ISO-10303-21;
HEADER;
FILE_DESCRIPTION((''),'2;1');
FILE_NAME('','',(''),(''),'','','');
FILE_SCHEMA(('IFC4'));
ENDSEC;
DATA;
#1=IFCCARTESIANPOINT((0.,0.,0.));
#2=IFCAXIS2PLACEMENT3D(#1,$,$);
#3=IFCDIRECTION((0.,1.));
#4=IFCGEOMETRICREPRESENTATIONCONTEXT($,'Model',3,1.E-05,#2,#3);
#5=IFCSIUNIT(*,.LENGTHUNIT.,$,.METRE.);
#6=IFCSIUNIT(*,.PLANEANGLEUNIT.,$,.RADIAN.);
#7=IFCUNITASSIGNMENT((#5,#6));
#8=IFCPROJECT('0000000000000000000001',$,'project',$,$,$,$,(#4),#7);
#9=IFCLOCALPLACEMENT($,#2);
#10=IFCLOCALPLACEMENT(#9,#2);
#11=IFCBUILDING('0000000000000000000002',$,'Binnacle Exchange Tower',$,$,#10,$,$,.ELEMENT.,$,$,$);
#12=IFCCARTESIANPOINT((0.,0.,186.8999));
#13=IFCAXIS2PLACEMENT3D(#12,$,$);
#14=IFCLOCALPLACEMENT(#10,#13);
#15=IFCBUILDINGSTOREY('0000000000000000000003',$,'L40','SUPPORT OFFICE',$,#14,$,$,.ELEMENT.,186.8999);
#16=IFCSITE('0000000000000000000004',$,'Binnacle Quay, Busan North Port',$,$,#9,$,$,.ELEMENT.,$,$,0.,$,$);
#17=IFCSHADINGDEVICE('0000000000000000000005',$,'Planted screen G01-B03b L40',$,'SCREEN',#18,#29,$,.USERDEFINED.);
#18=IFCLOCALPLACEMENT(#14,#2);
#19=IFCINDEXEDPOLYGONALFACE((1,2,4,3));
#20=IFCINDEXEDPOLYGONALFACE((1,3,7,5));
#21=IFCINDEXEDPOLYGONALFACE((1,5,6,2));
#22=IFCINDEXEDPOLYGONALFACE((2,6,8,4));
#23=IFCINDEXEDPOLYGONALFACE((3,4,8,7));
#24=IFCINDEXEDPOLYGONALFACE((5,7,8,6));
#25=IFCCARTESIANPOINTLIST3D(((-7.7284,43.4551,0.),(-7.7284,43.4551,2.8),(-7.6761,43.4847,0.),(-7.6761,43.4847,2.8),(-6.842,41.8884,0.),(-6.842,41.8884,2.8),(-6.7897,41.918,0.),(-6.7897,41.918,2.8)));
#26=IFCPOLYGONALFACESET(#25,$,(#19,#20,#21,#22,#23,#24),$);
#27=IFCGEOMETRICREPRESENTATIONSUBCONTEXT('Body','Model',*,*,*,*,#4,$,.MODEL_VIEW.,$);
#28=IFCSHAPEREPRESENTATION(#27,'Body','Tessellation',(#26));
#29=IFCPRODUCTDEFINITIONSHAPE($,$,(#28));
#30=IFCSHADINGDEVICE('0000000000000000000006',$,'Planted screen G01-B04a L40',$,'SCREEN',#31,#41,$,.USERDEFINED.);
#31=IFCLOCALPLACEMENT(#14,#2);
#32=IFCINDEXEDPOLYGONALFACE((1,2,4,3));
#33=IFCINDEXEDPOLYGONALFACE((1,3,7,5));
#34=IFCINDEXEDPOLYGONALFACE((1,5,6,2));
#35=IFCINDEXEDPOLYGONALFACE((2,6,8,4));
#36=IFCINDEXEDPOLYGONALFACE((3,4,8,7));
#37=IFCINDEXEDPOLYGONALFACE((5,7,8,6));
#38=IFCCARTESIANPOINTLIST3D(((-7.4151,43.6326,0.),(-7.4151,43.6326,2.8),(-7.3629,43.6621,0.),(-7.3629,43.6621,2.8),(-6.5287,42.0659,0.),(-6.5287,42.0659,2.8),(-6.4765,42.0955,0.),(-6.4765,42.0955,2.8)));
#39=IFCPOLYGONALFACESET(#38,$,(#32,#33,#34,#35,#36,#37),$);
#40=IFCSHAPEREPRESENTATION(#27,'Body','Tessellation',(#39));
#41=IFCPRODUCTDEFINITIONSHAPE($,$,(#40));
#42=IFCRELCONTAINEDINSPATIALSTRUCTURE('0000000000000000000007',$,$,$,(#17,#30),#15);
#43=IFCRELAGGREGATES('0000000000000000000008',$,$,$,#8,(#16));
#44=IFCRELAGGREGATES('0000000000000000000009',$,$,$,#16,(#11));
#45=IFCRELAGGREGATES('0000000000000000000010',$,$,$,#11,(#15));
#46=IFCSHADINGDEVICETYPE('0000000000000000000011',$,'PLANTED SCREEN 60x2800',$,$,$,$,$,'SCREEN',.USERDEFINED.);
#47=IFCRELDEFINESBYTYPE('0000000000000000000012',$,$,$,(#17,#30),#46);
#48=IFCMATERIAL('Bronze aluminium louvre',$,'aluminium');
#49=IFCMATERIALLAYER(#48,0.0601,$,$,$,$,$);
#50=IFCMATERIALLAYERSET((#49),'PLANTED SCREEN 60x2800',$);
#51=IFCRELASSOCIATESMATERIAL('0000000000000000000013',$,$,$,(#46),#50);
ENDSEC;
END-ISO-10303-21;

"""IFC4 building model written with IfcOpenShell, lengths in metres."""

from ifc_helpers import new_model, si_unit, direction, frame, origin, origin_2d, place, context, subcontext, project, spatial, rectangle, extrude, material, layer, layer_set, type_object, element, save


model = new_model("IFC4")

# Units and contexts
model_context = context("Model", 3, precision=1e-05, world=origin(), true_north=direction((0.0, 1.0)))
body_context = subcontext(model_context, "Body", "Model", "MODEL_VIEW")
ifc_project = project(units=[si_unit("LENGTHUNIT", "METRE"), si_unit("PLANEANGLEUNIT", "RADIAN")], contexts=[model_context])

# Site, building, storey
site_placement = place(None, origin())
site = spatial("IfcSite", under=ifc_project, at=site_placement, Name="Binnacle Quay, Busan North Port", CompositionType="ELEMENT", RefElevation=0.0)
building_placement = place(site_placement, origin())
building = spatial("IfcBuilding", under=site, at=building_placement, Name="Binnacle Exchange Tower", CompositionType="ELEMENT")
storey_placement = place(building_placement, frame((0.0, 0.0, 186.8999)))
storey = spatial("IfcBuildingStorey", under=building, at=storey_placement, Name="L40", Description="SUPPORT OFFICE", CompositionType="ELEMENT", Elevation=186.8999)

# Shading devices
ifc_material_1 = material(Name="Bronze aluminium louvre", Category="aluminium")
ifc_layer_1 = layer(ifc_material_1, 0.0601)
ifc_layer_set_1 = layer_set([ifc_layer_1], Name="PLANTED SCREEN 60x2800")
shading_device_type = type_object("IfcShadingDeviceType", Name="PLANTED SCREEN 60x2800", ElementType="SCREEN", PredefinedType="USERDEFINED", material=ifc_layer_set_1)
for number, where, z_axis, x_axis, name in (
    (1, (-7.259, 42.6865, 0.0), (0.0, 0.0, 1.0), (0.870356, 0.492424, 0.0), "Planted screen G01-B03b L40"),
    (2, (-6.9458, 42.864, 0.0), (0.0, 0.0, 1.0), (0.870356, 0.492424, 0.0), "Planted screen G01-B04a L40"),
):
    element("IfcShadingDevice", number, at=place(storey_placement, frame(where, z_axis=z_axis, x_axis=x_axis)), inside=storey, type_object=shading_device_type, Name=name, ObjectType="SCREEN", PredefinedType="USERDEFINED", context=body_context, shape_type="SweptSolid", body=[
        extrude(rectangle(XDim=0.0601, YDim=1.8, at=origin_2d()), origin(), (0.0, 0.0, 1.0), 2.8),
    ])

save(model, "model.ifc")
